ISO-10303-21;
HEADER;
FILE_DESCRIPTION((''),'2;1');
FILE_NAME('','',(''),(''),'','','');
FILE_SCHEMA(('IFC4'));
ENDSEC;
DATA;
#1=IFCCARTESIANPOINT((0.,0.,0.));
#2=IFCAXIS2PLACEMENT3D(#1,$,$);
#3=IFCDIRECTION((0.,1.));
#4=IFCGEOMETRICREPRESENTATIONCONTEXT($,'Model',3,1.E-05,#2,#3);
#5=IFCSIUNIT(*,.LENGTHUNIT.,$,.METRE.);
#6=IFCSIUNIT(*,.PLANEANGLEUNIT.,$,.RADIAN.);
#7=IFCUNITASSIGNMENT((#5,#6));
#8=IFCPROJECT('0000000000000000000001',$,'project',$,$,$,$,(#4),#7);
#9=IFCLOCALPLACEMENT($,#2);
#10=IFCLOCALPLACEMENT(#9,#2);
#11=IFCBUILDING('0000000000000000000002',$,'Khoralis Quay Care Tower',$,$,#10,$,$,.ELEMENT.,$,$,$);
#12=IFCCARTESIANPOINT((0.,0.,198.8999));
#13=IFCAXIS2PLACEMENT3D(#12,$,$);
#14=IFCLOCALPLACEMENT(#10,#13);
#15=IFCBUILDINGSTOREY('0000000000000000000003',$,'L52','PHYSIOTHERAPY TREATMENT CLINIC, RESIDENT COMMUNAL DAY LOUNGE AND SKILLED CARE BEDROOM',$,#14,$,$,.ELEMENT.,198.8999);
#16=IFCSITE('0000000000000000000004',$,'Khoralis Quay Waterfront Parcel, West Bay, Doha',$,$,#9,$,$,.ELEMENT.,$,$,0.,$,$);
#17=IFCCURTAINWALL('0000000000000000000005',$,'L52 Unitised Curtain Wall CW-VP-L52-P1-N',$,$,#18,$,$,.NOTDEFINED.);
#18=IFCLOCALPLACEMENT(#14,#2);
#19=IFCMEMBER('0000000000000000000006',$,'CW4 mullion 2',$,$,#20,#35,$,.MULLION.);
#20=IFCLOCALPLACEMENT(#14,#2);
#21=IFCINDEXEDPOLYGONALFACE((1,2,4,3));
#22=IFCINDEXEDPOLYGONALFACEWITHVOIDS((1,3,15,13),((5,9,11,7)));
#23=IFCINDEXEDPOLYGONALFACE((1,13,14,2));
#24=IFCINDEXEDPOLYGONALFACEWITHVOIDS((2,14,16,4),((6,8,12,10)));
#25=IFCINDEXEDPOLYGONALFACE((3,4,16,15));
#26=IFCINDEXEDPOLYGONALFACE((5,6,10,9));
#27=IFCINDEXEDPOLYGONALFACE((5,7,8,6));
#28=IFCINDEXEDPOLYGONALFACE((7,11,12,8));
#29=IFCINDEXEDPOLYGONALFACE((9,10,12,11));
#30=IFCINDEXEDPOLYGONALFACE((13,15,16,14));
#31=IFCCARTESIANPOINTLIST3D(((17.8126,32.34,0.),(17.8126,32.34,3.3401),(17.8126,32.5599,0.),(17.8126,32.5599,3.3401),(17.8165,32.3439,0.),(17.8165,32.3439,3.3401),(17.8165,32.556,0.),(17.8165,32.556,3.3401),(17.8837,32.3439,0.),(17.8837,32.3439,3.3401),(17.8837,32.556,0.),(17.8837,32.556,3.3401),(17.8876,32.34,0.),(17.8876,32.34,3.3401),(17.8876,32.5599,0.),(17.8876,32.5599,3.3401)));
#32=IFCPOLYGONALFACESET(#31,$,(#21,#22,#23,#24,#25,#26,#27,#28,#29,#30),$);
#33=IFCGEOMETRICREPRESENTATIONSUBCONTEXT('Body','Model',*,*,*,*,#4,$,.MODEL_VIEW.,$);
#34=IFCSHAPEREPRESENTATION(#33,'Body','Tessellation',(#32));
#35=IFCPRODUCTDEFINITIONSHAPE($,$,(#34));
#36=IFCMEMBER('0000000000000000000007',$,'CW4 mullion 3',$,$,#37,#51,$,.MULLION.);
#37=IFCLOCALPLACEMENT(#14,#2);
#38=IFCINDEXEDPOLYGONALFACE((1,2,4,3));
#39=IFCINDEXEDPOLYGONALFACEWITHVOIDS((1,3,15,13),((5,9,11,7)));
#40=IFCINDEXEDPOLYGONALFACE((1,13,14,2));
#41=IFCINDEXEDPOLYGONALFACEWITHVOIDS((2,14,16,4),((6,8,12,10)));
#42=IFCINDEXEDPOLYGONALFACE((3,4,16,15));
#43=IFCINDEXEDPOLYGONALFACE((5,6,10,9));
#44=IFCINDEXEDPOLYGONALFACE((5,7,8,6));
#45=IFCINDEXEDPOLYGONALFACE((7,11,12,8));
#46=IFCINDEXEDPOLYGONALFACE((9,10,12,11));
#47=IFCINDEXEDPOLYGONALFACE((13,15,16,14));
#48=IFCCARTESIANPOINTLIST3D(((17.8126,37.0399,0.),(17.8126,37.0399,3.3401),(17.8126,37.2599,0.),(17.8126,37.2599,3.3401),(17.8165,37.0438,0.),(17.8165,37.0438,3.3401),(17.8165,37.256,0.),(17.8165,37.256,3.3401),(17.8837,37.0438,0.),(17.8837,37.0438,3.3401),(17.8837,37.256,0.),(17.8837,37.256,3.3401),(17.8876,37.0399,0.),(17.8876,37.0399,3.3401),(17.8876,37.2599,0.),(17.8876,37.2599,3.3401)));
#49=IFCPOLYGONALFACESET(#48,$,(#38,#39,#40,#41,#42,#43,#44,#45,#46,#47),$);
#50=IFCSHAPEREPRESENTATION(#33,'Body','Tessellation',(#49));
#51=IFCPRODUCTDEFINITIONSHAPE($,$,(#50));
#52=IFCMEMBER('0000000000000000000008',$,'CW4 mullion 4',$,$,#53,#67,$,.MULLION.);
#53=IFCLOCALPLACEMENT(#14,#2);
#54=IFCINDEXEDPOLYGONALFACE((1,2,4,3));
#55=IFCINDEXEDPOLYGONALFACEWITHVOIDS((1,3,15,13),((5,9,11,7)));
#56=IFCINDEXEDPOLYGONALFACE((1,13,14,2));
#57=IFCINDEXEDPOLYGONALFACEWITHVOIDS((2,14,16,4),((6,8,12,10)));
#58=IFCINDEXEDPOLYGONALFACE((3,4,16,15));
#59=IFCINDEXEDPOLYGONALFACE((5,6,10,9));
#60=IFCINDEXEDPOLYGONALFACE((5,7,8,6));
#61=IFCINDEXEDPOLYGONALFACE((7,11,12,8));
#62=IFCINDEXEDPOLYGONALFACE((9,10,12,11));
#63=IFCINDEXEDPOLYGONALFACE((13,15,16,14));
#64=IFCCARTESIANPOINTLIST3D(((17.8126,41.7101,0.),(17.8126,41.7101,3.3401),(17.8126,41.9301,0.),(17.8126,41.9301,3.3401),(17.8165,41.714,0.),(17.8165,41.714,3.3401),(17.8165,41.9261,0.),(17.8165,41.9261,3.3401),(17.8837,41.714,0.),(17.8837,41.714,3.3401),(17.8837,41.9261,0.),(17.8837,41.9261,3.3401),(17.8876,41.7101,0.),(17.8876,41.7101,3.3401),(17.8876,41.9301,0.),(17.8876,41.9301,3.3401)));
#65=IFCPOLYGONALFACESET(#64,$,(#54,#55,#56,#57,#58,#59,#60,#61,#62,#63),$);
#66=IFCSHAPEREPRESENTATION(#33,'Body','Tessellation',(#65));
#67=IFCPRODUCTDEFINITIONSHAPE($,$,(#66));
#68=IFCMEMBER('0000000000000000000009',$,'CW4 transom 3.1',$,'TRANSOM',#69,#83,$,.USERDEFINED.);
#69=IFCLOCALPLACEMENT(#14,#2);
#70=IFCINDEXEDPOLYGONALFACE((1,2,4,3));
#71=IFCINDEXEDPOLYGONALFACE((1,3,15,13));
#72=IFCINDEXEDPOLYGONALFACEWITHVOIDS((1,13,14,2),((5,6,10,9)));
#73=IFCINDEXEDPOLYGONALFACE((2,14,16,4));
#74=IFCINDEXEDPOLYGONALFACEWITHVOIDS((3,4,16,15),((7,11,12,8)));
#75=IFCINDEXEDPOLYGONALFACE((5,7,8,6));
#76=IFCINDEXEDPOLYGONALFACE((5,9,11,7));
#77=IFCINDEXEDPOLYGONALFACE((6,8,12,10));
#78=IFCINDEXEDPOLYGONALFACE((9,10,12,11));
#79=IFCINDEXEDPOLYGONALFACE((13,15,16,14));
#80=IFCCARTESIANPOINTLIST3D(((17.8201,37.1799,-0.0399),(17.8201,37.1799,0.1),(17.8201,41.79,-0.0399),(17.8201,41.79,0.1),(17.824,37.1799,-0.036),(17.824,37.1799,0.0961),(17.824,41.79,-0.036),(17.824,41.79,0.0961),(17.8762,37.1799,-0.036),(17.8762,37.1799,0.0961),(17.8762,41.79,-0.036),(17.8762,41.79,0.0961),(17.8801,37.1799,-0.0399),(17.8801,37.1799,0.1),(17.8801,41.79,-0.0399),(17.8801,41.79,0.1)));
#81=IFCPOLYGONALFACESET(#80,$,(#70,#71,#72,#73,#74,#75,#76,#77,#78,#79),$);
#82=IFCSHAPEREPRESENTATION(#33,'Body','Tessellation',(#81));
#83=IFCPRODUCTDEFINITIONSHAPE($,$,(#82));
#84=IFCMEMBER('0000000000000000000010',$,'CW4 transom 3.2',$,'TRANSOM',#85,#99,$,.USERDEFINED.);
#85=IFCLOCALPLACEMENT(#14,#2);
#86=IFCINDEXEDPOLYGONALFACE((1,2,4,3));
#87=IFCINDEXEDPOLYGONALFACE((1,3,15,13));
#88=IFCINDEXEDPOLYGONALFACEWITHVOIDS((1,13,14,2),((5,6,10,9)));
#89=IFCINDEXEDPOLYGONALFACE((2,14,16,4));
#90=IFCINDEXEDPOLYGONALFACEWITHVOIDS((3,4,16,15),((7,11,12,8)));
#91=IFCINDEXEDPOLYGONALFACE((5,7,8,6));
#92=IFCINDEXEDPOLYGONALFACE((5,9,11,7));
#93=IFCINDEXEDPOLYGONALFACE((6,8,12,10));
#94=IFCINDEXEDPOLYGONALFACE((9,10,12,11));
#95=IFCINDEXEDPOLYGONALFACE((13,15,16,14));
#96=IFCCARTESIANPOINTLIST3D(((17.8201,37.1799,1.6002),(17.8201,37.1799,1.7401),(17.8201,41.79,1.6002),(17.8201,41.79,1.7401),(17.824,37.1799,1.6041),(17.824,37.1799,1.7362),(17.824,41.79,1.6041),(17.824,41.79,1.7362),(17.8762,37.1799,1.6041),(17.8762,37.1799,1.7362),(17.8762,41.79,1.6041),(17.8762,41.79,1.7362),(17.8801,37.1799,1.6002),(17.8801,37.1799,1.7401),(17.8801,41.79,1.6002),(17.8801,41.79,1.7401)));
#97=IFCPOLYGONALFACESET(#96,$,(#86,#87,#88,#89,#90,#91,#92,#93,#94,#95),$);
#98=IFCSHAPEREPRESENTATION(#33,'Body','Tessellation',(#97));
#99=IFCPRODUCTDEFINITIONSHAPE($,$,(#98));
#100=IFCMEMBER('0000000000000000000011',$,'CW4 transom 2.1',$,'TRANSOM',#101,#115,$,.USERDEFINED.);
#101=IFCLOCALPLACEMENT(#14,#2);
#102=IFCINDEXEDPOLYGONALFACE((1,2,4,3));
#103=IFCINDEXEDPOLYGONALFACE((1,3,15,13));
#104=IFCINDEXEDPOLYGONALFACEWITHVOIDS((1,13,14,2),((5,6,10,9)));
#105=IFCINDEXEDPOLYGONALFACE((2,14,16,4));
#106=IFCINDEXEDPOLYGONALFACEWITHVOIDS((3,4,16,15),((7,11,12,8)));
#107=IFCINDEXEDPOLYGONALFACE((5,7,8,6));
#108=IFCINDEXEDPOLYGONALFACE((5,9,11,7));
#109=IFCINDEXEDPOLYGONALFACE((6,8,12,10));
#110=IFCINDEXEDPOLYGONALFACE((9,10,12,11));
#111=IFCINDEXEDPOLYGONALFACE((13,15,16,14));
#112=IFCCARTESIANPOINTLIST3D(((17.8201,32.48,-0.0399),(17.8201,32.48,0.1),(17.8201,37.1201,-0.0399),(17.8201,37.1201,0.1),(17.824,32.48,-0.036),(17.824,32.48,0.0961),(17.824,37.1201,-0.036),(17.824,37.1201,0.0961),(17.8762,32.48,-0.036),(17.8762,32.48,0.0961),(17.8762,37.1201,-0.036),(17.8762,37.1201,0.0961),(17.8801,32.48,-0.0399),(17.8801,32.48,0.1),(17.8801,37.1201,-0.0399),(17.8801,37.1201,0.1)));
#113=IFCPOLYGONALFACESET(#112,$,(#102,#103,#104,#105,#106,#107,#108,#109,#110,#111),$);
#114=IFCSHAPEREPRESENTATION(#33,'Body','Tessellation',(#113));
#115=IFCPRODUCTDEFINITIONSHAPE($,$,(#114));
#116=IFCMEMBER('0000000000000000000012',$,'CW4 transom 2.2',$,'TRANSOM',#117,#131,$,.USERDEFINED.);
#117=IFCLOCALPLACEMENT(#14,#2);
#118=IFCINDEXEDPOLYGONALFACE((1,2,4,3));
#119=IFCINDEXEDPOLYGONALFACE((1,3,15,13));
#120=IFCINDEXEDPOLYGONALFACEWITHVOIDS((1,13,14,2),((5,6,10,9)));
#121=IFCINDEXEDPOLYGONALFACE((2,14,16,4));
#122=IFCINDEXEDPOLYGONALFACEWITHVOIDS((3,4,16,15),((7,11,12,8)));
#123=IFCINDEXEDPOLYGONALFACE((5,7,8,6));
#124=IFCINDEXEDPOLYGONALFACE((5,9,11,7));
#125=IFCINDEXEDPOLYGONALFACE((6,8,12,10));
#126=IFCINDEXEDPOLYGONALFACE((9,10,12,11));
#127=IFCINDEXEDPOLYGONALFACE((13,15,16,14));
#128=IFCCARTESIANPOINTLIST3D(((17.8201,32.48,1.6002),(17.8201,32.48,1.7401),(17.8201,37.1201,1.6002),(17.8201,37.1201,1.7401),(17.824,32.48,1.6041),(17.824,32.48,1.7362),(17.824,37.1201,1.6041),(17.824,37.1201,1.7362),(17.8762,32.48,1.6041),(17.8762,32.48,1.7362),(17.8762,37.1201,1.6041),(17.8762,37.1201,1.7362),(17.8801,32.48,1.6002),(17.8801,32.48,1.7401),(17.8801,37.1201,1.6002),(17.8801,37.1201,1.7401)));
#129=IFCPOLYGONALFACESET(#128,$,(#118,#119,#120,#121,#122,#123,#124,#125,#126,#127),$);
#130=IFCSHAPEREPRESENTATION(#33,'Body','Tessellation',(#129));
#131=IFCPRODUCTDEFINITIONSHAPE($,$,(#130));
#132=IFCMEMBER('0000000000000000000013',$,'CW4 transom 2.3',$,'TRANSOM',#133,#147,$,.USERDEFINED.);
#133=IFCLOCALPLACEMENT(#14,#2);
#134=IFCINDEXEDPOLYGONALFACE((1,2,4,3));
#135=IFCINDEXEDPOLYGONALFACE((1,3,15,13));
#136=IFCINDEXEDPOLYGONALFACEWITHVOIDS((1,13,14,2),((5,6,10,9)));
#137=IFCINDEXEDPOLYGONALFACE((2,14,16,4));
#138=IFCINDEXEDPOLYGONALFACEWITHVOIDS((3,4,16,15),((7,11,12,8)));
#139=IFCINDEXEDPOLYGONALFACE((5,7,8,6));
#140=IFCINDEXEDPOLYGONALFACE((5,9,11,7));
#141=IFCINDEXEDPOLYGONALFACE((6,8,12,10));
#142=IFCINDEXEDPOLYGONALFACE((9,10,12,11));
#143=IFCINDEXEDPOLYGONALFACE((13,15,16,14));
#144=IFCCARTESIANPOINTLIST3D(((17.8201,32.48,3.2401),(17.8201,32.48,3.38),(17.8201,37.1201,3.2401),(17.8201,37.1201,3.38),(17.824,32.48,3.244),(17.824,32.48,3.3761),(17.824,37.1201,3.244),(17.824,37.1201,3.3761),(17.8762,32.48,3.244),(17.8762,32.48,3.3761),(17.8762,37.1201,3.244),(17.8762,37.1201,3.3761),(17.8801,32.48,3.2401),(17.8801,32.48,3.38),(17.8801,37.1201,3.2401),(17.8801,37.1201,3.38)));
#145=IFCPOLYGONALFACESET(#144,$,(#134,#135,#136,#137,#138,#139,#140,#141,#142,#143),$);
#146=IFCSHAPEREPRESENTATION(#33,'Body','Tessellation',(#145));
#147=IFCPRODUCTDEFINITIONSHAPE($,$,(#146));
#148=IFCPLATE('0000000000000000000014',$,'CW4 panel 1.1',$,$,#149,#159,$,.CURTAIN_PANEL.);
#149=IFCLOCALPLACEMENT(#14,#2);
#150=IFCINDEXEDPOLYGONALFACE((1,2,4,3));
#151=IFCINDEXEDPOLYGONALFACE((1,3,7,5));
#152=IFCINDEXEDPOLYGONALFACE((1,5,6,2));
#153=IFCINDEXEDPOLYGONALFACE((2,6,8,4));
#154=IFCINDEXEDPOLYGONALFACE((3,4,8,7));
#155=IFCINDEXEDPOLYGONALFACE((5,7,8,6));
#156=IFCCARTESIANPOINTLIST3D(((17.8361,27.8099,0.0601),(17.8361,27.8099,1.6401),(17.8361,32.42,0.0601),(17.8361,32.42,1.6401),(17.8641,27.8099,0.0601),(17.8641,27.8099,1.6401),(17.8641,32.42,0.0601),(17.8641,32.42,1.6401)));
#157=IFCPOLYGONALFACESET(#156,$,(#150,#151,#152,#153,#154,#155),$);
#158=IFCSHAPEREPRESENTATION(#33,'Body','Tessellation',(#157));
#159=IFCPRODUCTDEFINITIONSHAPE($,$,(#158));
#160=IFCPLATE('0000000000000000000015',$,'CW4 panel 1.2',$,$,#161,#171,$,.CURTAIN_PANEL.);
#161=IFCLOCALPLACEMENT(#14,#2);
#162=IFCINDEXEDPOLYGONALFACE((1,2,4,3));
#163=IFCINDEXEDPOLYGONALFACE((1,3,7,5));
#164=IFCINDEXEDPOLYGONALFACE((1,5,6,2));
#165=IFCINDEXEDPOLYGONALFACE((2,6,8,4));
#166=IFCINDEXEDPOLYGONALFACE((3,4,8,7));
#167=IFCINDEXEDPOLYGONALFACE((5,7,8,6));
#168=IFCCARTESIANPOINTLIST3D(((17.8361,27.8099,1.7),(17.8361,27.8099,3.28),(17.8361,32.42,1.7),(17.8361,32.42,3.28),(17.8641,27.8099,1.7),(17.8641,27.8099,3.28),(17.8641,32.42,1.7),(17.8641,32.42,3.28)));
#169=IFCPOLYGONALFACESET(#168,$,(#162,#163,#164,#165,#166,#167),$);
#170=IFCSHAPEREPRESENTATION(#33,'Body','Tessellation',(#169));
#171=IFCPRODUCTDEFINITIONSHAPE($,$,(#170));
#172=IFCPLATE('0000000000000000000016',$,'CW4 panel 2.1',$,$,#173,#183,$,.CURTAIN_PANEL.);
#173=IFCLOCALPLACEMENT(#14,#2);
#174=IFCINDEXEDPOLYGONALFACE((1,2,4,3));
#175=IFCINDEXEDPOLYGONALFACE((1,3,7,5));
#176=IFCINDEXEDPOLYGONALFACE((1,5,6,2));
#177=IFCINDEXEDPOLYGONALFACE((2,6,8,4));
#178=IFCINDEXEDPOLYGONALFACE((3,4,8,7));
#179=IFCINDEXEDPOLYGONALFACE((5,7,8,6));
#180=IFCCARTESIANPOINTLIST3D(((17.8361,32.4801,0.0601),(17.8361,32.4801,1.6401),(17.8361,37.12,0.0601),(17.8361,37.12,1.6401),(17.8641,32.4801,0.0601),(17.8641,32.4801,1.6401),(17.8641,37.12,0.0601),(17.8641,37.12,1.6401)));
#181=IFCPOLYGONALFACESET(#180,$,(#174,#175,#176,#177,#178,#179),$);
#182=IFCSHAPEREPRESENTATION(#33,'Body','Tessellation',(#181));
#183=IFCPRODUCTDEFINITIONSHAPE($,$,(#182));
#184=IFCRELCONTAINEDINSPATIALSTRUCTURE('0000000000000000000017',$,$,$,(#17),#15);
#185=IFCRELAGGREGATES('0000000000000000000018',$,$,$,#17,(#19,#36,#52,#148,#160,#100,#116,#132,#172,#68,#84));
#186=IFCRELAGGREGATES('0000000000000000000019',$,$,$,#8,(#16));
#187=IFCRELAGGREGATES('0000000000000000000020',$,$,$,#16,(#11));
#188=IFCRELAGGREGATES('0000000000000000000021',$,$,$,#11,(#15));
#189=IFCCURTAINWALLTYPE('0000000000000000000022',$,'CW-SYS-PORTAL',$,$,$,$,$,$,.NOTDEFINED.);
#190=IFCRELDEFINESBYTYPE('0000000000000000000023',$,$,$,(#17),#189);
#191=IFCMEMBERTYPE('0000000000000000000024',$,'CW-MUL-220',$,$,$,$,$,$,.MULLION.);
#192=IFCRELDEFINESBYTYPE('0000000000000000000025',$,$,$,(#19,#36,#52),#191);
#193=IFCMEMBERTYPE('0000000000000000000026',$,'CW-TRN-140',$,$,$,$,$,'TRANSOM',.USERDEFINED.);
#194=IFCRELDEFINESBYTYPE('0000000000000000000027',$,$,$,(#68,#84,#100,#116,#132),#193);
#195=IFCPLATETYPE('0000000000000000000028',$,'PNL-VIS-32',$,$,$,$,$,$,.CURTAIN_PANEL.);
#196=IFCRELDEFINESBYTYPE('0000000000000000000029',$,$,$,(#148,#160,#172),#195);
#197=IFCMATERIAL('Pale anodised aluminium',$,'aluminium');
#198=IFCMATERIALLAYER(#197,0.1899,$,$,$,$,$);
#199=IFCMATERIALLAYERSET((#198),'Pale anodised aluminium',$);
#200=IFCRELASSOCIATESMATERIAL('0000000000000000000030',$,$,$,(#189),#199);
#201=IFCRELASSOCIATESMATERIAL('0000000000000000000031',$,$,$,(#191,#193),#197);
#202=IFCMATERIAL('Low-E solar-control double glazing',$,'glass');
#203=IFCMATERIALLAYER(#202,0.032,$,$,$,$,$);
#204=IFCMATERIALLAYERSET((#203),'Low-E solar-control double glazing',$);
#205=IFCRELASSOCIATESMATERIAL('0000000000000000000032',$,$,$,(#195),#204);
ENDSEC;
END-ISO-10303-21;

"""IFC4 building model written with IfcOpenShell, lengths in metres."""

from ifc_helpers import new_model, si_unit, direction, frame, origin, origin_2d, place, context, subcontext, project, spatial, rectangle, hollow_rectangle, extrude, source, transform, mapped, material, layer, layer_set, material_profile, profile_set, type_object, element, aggregate, save


model = new_model("IFC4")

# Units and contexts
model_context = context("Model", 3, precision=1e-05, world=origin(), true_north=direction((0.0, 1.0)))
body_context = subcontext(model_context, "Body", "Model", "MODEL_VIEW")
ifc_project = project(units=[si_unit("LENGTHUNIT", "METRE"), si_unit("PLANEANGLEUNIT", "RADIAN")], contexts=[model_context])

# Site, building, storey
site_placement = place(None, origin())
site = spatial("IfcSite", under=ifc_project, at=site_placement, Name="Khoralis Quay Waterfront Parcel, West Bay, Doha", CompositionType="ELEMENT", RefElevation=0.0)
building_placement = place(site_placement, origin())
building = spatial("IfcBuilding", under=site, at=building_placement, Name="Khoralis Quay Care Tower", CompositionType="ELEMENT")
storey_placement = place(building_placement, frame((0.0, 0.0, 198.8999)))
storey = spatial("IfcBuildingStorey", under=building, at=storey_placement, Name="L52", Description="PHYSIOTHERAPY TREATMENT CLINIC, RESIDENT COMMUNAL DAY LOUNGE AND SKILLED CARE BEDROOM", CompositionType="ELEMENT", Elevation=198.8999)

# Curtain wall, members, plates
ifc_material_1 = material(Name="Pale anodised aluminium", Category="aluminium")
ifc_layer_1 = layer(ifc_material_1, 0.1899)
ifc_layer_set_1 = layer_set([ifc_layer_1], Name="Pale anodised aluminium")
curtain_wall_type = type_object("IfcCurtainWallType", Name="CW-SYS-PORTAL", PredefinedType="NOTDEFINED", material=ifc_layer_set_1)
curtain_wall_placement = place(storey_placement, origin())
curtain_wall = element("IfcCurtainWall", 1, at=curtain_wall_placement, inside=storey, type_object=curtain_wall_type, Name="L52 Unitised Curtain Wall CW-VP-L52-P1-N", PredefinedType="NOTDEFINED")
ifc_material_profile_1 = material_profile(ifc_material_1, hollow_rectangle(XDim=0.075, YDim=0.22, WallThickness=0.0039, at=origin_2d()), Name="Pale anodised aluminium")
ifc_profile_set_1 = profile_set([ifc_material_profile_1], Name="Pale anodised aluminium")
member_type_1 = type_object("IfcMemberType", Name="CW-MUL-220", PredefinedType="MULLION", material=ifc_profile_set_1)
shared_shape_1 = source(origin(), body_context, "Body", "SweptSolid", [
    extrude(hollow_rectangle(XDim=0.075, YDim=0.22, WallThickness=0.0039, at=origin_2d()), origin(), (0.0, 0.0, 1.0), 3.3401),
])
member_1_placement = place(storey_placement, frame((17.8501, 32.45, 0.0), z_axis=(0.0, 0.0, 1.0), x_axis=(-1.0, 0.0, 0.0)))
member_1 = element("IfcMember", 2, at=member_1_placement, type_object=member_type_1, Name="CW4 mullion 2", PredefinedType="MULLION", context=body_context, shape_type="MappedRepresentation", body=[
    mapped(shared_shape_1, transform((0.0, 0.0, 0.0), scale=1.0)),
])
member_2_placement = place(storey_placement, frame((17.8501, 37.1499, 0.0), z_axis=(0.0, 0.0, 1.0), x_axis=(-1.0, 0.0, 0.0)))
member_2 = element("IfcMember", 3, at=member_2_placement, type_object=member_type_1, Name="CW4 mullion 3", PredefinedType="MULLION", context=body_context, shape_type="MappedRepresentation", body=[
    mapped(shared_shape_1, transform((0.0, 0.0, 0.0), scale=1.0)),
])
member_3_placement = place(storey_placement, frame((17.8501, 41.8201, 0.0), z_axis=(0.0, 0.0, 1.0), x_axis=(-1.0, 0.0, 0.0)))
member_3 = element("IfcMember", 4, at=member_3_placement, type_object=member_type_1, Name="CW4 mullion 4", PredefinedType="MULLION", context=body_context, shape_type="MappedRepresentation", body=[
    mapped(shared_shape_1, transform((0.0, 0.0, 0.0), scale=1.0)),
])
ifc_material_profile_2 = material_profile(ifc_material_1, hollow_rectangle(XDim=0.0601, YDim=0.1399, WallThickness=0.0039, at=origin_2d()), Name="Pale anodised aluminium")
ifc_profile_set_2 = profile_set([ifc_material_profile_2], Name="Pale anodised aluminium")
member_type_2 = type_object("IfcMemberType", Name="CW-TRN-140", ElementType="TRANSOM", PredefinedType="USERDEFINED", material=ifc_profile_set_2)
shared_shape_2 = source(origin(), body_context, "Body", "SweptSolid", [
    extrude(hollow_rectangle(XDim=0.0601, YDim=0.1399, WallThickness=0.0039, at=origin_2d()), origin(), (0.0, 0.0, 1.0), 4.6101),
])
member_4_placement = place(storey_placement, frame((17.8501, 37.1799, 0.03), z_axis=(0.0, 1.0, 0.0), x_axis=(-1.0, 0.0, 0.0)))
member_4 = element("IfcMember", 5, at=member_4_placement, type_object=member_type_2, Name="CW4 transom 3.1", ObjectType="TRANSOM", PredefinedType="USERDEFINED", context=body_context, shape_type="MappedRepresentation", body=[
    mapped(shared_shape_2, transform((0.0, 0.0, 0.0), scale=1.0)),
])
member_5_placement = place(storey_placement, frame((17.8501, 37.1799, 1.6702), z_axis=(0.0, 1.0, 0.0), x_axis=(-1.0, 0.0, 0.0)))
member_5 = element("IfcMember", 6, at=member_5_placement, type_object=member_type_2, Name="CW4 transom 3.2", ObjectType="TRANSOM", PredefinedType="USERDEFINED", context=body_context, shape_type="MappedRepresentation", body=[
    mapped(shared_shape_2, transform((0.0, 0.0, 0.0), scale=1.0)),
])
shared_shape_3 = source(origin(), body_context, "Body", "SweptSolid", [
    extrude(hollow_rectangle(XDim=0.0601, YDim=0.1399, WallThickness=0.0039, at=origin_2d()), origin(), (0.0, 0.0, 1.0), 4.6401),
])
member_6_placement = place(storey_placement, frame((17.8501, 32.48, 0.03), z_axis=(0.0, 1.0, 0.0), x_axis=(-1.0, 0.0, 0.0)))
member_6 = element("IfcMember", 7, at=member_6_placement, type_object=member_type_2, Name="CW4 transom 2.1", ObjectType="TRANSOM", PredefinedType="USERDEFINED", context=body_context, shape_type="MappedRepresentation", body=[
    mapped(shared_shape_3, transform((0.0, 0.0, 0.0), scale=1.0)),
])
member_7_placement = place(storey_placement, frame((17.8501, 32.48, 1.6702), z_axis=(0.0, 1.0, 0.0), x_axis=(-1.0, 0.0, 0.0)))
member_7 = element("IfcMember", 8, at=member_7_placement, type_object=member_type_2, Name="CW4 transom 2.2", ObjectType="TRANSOM", PredefinedType="USERDEFINED", context=body_context, shape_type="MappedRepresentation", body=[
    mapped(shared_shape_3, transform((0.0, 0.0, 0.0), scale=1.0)),
])
member_8_placement = place(storey_placement, frame((17.8501, 32.48, 3.3101), z_axis=(0.0, 1.0, 0.0), x_axis=(-1.0, 0.0, 0.0)))
member_8 = element("IfcMember", 9, at=member_8_placement, type_object=member_type_2, Name="CW4 transom 2.3", ObjectType="TRANSOM", PredefinedType="USERDEFINED", context=body_context, shape_type="MappedRepresentation", body=[
    mapped(shared_shape_3, transform((0.0, 0.0, 0.0), scale=1.0)),
])
ifc_material_2 = material(Name="Low-E solar-control double glazing", Category="glass")
ifc_layer_2 = layer(ifc_material_2, 0.032)
ifc_layer_set_2 = layer_set([ifc_layer_2], Name="Low-E solar-control double glazing")
plate_type = type_object("IfcPlateType", Name="PNL-VIS-32", PredefinedType="CURTAIN_PANEL", material=ifc_layer_set_2)
shared_shape_4 = source(origin(), body_context, "Body", "SweptSolid", [
    extrude(rectangle(XDim=4.6101, YDim=0.0281, at=origin_2d()), origin(), (0.0, 0.0, 1.0), 1.5801),
])
plate_1_placement = place(storey_placement, frame((17.8501, 30.115, 0.0601), z_axis=(0.0, 0.0, 1.0), x_axis=(0.0, 1.0, 0.0)))
plate_1 = element("IfcPlate", 10, at=plate_1_placement, type_object=plate_type, Name="CW4 panel 1.1", PredefinedType="CURTAIN_PANEL", context=body_context, shape_type="MappedRepresentation", body=[
    mapped(shared_shape_4, transform((0.0, 0.0, 0.0), scale=1.0)),
])
plate_2_placement = place(storey_placement, frame((17.8501, 30.115, 1.7), z_axis=(0.0, 0.0, 1.0), x_axis=(0.0, 1.0, 0.0)))
plate_2 = element("IfcPlate", 11, at=plate_2_placement, type_object=plate_type, Name="CW4 panel 1.2", PredefinedType="CURTAIN_PANEL", context=body_context, shape_type="MappedRepresentation", body=[
    mapped(shared_shape_4, transform((0.0, 0.0, 0.0), scale=1.0)),
])
shared_shape_5 = source(origin(), body_context, "Body", "SweptSolid", [
    extrude(rectangle(XDim=4.6399, YDim=0.0281, at=origin_2d()), origin(), (0.0, 0.0, 1.0), 1.5801),
])
plate_3_placement = place(storey_placement, frame((17.8501, 34.8, 0.0601), z_axis=(0.0, 0.0, 1.0), x_axis=(0.0, 1.0, 0.0)))
plate_3 = element("IfcPlate", 12, at=plate_3_placement, type_object=plate_type, Name="CW4 panel 2.1", PredefinedType="CURTAIN_PANEL", context=body_context, shape_type="MappedRepresentation", body=[
    mapped(shared_shape_5, transform((0.0, 0.0, 0.0), scale=1.0)),
])
aggregate(curtain_wall, [member_1, member_2, member_3, plate_1, plate_2, member_6, member_7, member_8, plate_3, member_4, member_5])

save(model, "model.ifc")
